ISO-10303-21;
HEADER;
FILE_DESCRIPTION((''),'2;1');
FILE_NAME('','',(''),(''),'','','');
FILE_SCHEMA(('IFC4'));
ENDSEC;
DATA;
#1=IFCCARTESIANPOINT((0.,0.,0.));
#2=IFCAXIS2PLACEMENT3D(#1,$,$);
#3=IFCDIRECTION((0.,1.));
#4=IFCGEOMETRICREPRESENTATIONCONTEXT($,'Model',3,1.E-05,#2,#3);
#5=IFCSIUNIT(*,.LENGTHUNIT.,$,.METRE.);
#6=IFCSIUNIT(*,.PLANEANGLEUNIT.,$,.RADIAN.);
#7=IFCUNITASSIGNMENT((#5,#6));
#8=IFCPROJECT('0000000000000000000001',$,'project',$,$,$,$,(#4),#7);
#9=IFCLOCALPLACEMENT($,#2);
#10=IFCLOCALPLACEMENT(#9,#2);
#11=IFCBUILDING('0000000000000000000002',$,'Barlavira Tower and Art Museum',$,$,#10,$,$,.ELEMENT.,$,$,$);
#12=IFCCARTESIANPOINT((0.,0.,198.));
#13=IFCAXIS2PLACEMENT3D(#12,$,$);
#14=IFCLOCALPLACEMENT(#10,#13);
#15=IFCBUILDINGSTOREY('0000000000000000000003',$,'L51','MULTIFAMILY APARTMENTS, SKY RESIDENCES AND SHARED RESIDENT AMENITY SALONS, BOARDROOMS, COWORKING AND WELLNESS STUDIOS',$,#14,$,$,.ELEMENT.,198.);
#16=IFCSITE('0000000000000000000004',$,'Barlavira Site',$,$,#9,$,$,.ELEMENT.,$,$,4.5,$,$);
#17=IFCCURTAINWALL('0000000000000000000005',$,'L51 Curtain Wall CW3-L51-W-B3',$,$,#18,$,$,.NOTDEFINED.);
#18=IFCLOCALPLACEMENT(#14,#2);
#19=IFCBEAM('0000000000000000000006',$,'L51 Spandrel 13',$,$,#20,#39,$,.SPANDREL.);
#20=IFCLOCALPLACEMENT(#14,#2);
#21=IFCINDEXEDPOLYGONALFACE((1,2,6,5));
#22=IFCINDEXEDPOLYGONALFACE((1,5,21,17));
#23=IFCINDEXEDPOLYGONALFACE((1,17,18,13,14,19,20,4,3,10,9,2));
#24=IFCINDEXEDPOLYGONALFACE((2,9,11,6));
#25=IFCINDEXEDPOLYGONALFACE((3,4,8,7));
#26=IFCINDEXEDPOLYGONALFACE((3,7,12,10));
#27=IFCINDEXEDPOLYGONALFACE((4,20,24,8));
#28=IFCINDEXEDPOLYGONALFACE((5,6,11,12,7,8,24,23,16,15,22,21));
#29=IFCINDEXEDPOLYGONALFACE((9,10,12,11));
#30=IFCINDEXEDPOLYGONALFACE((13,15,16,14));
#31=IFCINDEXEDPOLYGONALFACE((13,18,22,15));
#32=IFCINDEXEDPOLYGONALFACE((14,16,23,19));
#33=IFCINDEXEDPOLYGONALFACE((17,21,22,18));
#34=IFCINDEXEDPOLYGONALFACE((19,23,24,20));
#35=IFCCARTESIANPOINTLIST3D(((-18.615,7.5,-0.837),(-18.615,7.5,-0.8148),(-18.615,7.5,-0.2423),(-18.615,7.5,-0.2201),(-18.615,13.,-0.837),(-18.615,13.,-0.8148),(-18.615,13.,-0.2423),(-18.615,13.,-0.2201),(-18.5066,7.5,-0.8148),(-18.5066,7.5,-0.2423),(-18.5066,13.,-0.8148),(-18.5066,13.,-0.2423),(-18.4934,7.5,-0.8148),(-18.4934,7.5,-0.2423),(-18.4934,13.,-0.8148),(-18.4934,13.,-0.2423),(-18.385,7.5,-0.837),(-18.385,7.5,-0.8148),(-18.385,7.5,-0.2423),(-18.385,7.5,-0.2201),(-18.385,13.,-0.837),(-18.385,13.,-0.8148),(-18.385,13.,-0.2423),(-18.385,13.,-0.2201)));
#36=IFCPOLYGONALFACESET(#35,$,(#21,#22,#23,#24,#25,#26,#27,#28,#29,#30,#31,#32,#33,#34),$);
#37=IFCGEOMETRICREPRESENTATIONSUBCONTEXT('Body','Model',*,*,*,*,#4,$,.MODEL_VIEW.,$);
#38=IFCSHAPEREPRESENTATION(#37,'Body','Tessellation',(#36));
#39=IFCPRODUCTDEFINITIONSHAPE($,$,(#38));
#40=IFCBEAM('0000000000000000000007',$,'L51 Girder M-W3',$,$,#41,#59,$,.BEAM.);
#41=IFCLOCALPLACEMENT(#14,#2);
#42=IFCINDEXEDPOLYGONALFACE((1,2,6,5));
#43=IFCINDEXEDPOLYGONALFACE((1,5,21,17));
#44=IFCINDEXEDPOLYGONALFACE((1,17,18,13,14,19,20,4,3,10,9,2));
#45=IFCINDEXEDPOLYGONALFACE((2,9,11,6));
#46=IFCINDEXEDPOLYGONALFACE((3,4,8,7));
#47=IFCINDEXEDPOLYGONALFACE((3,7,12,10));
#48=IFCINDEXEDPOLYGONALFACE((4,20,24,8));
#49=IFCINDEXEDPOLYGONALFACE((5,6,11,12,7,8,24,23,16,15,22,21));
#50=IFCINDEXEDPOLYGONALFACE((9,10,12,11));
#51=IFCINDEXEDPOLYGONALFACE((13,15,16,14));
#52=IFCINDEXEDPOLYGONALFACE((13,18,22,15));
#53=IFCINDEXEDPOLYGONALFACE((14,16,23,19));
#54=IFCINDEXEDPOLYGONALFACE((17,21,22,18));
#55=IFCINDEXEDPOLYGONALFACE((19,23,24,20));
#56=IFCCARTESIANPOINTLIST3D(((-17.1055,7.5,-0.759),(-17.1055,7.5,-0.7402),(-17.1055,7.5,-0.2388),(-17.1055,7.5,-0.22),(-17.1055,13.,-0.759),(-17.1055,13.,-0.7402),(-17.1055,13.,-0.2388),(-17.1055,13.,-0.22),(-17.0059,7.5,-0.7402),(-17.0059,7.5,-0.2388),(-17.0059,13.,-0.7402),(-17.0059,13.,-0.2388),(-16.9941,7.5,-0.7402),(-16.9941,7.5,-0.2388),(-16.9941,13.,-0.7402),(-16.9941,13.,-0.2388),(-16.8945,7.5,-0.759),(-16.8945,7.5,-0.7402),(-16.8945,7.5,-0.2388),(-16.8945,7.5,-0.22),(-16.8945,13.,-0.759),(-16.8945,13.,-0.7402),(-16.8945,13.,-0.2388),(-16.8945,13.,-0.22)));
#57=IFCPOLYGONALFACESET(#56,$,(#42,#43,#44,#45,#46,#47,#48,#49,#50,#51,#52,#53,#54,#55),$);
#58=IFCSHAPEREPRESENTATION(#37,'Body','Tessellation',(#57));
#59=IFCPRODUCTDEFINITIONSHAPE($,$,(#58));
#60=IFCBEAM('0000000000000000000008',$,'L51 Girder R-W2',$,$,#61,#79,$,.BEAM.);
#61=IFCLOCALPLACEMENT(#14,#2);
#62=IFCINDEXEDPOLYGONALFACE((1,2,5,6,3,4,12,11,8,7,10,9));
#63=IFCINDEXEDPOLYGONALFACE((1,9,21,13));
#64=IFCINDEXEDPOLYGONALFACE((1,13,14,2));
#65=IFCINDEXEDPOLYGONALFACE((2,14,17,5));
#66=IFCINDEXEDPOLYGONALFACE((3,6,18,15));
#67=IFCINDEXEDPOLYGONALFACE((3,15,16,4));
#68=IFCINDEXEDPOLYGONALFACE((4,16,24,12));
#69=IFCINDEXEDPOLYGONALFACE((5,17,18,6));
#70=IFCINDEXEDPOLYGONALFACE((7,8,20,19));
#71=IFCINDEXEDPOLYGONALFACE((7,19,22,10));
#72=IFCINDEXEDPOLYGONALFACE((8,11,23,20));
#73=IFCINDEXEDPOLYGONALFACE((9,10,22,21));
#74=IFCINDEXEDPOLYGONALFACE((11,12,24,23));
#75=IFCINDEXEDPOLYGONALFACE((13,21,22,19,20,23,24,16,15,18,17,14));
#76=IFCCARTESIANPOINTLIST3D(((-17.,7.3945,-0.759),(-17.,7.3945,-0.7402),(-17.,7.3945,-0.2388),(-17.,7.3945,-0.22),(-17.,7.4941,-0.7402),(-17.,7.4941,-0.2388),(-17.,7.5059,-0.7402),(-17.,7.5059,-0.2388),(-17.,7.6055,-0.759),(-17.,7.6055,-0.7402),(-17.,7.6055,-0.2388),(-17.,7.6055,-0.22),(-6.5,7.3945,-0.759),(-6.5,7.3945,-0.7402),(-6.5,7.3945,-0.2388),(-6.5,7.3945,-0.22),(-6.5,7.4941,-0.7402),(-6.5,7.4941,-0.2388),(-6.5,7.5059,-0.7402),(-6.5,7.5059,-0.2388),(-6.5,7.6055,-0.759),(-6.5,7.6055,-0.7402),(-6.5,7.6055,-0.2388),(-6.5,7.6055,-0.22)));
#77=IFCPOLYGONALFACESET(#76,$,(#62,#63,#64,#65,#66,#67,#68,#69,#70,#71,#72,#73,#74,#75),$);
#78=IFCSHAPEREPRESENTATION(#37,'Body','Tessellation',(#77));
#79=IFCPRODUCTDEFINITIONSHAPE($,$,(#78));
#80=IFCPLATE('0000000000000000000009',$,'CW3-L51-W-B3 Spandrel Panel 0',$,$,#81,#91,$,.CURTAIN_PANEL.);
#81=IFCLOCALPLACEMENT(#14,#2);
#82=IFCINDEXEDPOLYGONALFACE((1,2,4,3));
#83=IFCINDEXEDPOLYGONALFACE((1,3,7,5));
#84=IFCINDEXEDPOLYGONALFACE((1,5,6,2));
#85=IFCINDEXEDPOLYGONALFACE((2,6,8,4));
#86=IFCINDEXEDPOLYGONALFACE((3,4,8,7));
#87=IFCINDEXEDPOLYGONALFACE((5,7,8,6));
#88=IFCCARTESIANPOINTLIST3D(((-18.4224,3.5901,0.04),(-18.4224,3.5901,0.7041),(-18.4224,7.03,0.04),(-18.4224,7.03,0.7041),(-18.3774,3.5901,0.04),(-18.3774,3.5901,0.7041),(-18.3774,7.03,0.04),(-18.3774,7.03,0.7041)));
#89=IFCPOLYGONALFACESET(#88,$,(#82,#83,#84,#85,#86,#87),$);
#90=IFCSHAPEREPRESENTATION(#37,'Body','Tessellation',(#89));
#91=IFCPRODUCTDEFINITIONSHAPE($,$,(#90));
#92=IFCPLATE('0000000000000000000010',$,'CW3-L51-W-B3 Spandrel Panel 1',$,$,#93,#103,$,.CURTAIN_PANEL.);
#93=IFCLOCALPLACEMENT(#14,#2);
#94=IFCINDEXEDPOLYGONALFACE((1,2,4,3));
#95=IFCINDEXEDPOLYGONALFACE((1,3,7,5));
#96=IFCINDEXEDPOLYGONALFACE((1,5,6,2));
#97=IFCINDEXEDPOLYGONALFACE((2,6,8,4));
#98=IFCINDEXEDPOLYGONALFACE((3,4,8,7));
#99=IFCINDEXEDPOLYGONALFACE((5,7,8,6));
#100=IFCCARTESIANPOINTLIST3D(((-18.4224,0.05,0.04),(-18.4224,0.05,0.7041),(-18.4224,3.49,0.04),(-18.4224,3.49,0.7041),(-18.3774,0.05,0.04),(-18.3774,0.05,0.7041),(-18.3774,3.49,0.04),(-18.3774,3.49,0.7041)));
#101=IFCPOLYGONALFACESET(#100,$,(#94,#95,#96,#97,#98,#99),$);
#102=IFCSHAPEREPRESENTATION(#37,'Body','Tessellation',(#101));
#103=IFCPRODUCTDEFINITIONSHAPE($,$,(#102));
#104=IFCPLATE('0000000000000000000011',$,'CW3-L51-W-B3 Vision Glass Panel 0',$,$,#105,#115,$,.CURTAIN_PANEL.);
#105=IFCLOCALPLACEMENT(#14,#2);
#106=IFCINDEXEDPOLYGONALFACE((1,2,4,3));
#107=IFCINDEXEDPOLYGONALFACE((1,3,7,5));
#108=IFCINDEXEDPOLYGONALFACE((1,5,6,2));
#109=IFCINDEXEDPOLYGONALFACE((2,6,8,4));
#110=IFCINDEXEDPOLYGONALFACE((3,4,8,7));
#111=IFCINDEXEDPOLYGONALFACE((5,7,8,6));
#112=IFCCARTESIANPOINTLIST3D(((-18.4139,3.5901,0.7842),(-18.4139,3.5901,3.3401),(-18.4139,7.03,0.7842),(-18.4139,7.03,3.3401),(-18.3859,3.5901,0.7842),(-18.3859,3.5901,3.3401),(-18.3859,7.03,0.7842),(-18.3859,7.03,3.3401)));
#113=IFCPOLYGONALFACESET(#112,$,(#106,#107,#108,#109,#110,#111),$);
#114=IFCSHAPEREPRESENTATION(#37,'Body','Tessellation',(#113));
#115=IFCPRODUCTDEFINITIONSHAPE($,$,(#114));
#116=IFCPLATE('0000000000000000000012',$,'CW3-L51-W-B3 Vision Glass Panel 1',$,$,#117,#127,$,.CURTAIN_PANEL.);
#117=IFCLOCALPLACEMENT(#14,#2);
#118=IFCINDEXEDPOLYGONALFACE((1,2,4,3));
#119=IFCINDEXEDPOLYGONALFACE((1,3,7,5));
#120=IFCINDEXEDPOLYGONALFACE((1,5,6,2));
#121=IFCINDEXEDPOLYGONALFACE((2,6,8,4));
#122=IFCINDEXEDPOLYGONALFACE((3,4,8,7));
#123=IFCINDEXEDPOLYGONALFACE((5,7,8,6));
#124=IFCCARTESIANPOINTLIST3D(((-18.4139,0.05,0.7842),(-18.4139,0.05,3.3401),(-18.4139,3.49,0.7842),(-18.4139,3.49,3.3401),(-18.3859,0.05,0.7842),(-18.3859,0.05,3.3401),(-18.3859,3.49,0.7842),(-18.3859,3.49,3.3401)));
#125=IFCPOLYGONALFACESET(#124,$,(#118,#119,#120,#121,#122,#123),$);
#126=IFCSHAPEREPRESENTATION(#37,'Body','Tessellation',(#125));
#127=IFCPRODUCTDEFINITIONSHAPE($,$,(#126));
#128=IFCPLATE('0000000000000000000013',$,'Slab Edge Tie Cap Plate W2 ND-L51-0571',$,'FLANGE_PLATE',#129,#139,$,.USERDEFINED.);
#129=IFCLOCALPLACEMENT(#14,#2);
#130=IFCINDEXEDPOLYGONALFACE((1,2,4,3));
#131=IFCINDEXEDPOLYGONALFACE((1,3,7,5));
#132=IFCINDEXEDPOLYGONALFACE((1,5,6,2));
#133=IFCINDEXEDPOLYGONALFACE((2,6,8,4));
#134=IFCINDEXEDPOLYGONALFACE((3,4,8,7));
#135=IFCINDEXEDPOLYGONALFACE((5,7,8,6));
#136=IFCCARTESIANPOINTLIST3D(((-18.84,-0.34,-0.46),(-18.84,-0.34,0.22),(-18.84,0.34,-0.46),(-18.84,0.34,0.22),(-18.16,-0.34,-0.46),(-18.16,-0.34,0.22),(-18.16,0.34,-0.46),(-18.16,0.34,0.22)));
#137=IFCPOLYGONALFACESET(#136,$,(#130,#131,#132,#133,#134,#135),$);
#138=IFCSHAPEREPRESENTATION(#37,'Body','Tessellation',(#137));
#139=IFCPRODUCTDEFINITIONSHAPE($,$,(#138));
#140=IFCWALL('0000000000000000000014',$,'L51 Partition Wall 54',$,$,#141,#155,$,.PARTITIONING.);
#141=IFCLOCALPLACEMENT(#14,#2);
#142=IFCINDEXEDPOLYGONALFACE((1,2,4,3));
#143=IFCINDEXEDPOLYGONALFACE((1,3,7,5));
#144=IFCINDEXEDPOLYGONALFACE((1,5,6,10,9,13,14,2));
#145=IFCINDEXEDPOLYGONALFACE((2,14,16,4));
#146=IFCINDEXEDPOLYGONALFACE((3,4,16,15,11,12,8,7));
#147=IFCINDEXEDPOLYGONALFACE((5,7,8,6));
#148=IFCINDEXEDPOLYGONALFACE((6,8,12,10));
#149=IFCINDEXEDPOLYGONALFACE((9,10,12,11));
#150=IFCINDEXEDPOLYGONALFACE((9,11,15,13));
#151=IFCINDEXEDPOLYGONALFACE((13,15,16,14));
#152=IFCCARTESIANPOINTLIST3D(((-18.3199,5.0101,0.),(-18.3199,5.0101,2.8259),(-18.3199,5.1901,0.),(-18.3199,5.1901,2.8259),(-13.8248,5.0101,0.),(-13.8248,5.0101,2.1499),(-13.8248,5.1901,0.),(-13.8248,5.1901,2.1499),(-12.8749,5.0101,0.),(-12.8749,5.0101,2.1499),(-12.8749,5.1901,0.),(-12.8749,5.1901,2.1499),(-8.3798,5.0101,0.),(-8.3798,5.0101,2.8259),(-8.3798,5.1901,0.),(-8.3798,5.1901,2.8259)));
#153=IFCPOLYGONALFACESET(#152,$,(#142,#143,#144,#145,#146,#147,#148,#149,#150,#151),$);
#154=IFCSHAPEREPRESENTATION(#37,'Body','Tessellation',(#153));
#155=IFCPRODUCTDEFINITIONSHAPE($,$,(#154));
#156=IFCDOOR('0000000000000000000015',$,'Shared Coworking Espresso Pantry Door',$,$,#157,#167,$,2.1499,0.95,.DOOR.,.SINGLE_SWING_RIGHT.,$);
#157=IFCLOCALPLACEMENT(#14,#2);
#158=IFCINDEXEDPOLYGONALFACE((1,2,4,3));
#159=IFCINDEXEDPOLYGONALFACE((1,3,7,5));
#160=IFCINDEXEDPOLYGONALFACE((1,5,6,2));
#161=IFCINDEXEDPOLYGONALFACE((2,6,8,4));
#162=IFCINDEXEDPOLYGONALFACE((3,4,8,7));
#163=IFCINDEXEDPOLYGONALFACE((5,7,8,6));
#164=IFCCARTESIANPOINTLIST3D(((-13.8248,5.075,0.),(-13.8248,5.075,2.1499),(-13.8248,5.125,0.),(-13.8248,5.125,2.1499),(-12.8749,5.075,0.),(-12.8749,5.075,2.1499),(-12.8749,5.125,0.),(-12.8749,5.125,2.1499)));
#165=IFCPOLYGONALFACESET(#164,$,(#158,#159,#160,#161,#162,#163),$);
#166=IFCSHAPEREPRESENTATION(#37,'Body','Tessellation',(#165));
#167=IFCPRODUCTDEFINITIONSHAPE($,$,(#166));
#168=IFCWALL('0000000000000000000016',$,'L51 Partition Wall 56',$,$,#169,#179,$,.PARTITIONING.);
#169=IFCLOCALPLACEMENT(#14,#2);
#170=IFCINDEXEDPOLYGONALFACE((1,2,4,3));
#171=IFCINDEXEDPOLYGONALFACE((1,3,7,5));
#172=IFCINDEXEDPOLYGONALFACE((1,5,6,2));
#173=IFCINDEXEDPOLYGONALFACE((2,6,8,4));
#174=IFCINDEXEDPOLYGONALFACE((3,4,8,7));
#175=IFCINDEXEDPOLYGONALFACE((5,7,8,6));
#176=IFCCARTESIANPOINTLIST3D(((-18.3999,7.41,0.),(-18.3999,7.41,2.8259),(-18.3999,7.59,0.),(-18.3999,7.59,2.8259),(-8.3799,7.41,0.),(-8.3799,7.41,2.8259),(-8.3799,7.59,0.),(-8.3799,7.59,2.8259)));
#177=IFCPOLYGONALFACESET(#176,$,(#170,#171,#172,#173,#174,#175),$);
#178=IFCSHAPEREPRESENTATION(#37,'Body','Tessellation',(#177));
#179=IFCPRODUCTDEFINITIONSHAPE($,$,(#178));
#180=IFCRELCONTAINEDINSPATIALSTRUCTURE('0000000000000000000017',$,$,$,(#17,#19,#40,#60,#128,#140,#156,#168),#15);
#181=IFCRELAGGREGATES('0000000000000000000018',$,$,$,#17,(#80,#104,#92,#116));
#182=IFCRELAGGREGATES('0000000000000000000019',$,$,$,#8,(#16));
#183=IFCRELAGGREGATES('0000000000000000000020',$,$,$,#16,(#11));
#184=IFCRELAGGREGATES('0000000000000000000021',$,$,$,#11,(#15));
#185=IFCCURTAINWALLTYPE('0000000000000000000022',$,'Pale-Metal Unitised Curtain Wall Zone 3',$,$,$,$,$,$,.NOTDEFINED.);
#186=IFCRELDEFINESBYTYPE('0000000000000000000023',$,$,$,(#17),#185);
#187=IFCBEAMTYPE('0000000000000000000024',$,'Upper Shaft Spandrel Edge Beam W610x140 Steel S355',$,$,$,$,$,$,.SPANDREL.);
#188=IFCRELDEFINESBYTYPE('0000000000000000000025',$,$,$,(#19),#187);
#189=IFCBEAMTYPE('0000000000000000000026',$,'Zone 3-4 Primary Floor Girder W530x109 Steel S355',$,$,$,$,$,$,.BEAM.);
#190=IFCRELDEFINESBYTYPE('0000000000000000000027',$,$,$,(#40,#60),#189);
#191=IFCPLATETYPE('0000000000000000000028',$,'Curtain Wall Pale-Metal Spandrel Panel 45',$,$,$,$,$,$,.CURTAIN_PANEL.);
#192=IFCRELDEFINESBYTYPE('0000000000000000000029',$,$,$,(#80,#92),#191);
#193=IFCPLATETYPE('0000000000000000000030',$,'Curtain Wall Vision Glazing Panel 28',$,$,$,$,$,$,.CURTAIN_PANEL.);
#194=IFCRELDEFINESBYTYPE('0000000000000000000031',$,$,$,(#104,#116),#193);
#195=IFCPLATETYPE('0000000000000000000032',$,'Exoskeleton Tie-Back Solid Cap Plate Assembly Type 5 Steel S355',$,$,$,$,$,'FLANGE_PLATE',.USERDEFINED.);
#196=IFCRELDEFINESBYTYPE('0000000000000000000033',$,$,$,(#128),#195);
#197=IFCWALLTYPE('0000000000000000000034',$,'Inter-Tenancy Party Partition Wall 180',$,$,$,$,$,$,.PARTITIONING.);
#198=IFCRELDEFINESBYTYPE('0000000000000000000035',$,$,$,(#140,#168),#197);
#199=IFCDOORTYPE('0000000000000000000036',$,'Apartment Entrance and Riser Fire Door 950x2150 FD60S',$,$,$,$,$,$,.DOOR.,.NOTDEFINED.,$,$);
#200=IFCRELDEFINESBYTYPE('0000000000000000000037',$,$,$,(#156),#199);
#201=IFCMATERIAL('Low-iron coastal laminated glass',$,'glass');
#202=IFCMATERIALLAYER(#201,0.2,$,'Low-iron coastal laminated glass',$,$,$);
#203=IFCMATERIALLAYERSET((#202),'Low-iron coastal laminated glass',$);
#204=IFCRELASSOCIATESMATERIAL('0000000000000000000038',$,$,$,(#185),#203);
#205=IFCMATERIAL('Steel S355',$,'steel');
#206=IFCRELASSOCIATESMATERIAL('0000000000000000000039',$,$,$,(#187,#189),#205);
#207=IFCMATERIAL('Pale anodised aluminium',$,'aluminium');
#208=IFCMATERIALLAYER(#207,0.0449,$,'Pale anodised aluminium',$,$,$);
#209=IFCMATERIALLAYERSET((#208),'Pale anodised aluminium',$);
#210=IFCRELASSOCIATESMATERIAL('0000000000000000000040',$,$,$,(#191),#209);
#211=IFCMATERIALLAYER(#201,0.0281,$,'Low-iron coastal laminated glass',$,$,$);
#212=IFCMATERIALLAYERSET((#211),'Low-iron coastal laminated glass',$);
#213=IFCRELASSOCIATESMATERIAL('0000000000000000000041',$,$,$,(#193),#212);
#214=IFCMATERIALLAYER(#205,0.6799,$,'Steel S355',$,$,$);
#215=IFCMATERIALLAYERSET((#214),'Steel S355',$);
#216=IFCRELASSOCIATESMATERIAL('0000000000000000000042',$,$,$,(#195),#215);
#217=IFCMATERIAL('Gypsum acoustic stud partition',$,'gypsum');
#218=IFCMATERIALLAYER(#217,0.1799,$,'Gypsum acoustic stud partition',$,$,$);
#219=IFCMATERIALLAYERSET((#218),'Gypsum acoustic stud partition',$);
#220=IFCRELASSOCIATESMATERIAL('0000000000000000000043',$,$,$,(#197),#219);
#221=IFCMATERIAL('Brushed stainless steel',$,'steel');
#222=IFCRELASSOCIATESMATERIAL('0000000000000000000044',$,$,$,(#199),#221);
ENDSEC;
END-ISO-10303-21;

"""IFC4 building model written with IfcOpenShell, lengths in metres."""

from ifc_helpers import new_model, si_unit, direction, frame, frame_2d, origin, origin_2d, place, context, subcontext, project, spatial, rectangle, i_section, extrude, material, layer, layer_set, material_profile, profile_set, type_object, element, fill, aggregate, save


model = new_model("IFC4")

# Units and contexts
model_context = context("Model", 3, precision=1e-05, world=origin(), true_north=direction((0.0, 1.0)))
body_context = subcontext(model_context, "Body", "Model", "MODEL_VIEW")
ifc_project = project(units=[si_unit("LENGTHUNIT", "METRE"), si_unit("PLANEANGLEUNIT", "RADIAN")], contexts=[model_context])

# Site, building, storey
site_placement = place(None, origin())
site = spatial("IfcSite", under=ifc_project, at=site_placement, Name="Barlavira Site", CompositionType="ELEMENT", RefElevation=4.5)
building_placement = place(site_placement, origin())
building = spatial("IfcBuilding", under=site, at=building_placement, Name="Barlavira Tower and Art Museum", CompositionType="ELEMENT")
storey_placement = place(building_placement, frame((0.0, 0.0, 198.0)))
storey = spatial("IfcBuildingStorey", under=building, at=storey_placement, Name="L51", Description="MULTIFAMILY APARTMENTS, SKY RESIDENCES AND SHARED RESIDENT AMENITY SALONS, BOARDROOMS, COWORKING AND WELLNESS STUDIOS", CompositionType="ELEMENT", Elevation=198.0)

# Curtain wall
ifc_material_1 = material(Name="Low-iron coastal laminated glass", Category="glass")
ifc_layer_1 = layer(ifc_material_1, 0.2, Name="Low-iron coastal laminated glass")
ifc_layer_set_1 = layer_set([ifc_layer_1], Name="Low-iron coastal laminated glass")
curtain_wall_type = type_object("IfcCurtainWallType", Name="Pale-Metal Unitised Curtain Wall Zone 3", PredefinedType="NOTDEFINED", material=ifc_layer_set_1)
curtain_wall_placement = place(storey_placement, origin())
curtain_wall = element("IfcCurtainWall", 1, at=curtain_wall_placement, inside=storey, type_object=curtain_wall_type, Name="L51 Curtain Wall CW3-L51-W-B3", PredefinedType="NOTDEFINED")
ifc_material_2 = material(Name="Pale anodised aluminium", Category="aluminium")

# Shared definitions
ifc_material_3 = material(Name="Steel S355", Category="steel")

# Beams
ifc_material_profile_1 = material_profile(ifc_material_3, i_section(OverallWidth=0.23, OverallDepth=0.6169, WebThickness=0.0132, FlangeThickness=0.0222, at=origin_2d()), Name="W610x140.0")
ifc_profile_set_1 = profile_set([ifc_material_profile_1], Name="Steel S355")
beam_type_1 = type_object("IfcBeamType", Name="Upper Shaft Spandrel Edge Beam W610x140 Steel S355", PredefinedType="SPANDREL", material=ifc_profile_set_1)
beam_1_placement = place(storey_placement, frame((-18.5, 7.5, -0.5286), z_axis=(0.0, 1.0, 0.0), x_axis=(-1.0, 0.0, 0.0)))
element("IfcBeam", 2, at=beam_1_placement, inside=storey, type_object=beam_type_1, Name="L51 Spandrel 13", PredefinedType="SPANDREL", context=body_context, shape_type="SweptSolid", body=[
    extrude(i_section(OverallWidth=0.23, OverallDepth=0.6169, WebThickness=0.0132, FlangeThickness=0.0222, at=origin_2d()), origin(), (0.0, 0.0, 1.0), 5.5),
])
ifc_material_profile_2 = material_profile(ifc_material_3, i_section(OverallWidth=0.2109, OverallDepth=0.5391, WebThickness=0.0117, FlangeThickness=0.0188, at=origin_2d()), Name="W530x109.0")
ifc_profile_set_2 = profile_set([ifc_material_profile_2], Name="Steel S355")
beam_type_2 = type_object("IfcBeamType", Name="Zone 3-4 Primary Floor Girder W530x109 Steel S355", PredefinedType="BEAM", material=ifc_profile_set_2)
beam_2_placement = place(storey_placement, frame((-17.0, 7.5, -0.4895), z_axis=(0.0, 1.0, 0.0), x_axis=(-1.0, 0.0, 0.0)))
element("IfcBeam", 3, at=beam_2_placement, inside=storey, type_object=beam_type_2, Name="L51 Girder M-W3", PredefinedType="BEAM", context=body_context, shape_type="SweptSolid", body=[
    extrude(i_section(OverallWidth=0.2109, OverallDepth=0.5391, WebThickness=0.0117, FlangeThickness=0.0188, at=origin_2d()), origin(), (0.0, 0.0, 1.0), 5.5),
])
beam_3_placement = place(storey_placement, frame((-17.0, 7.5, -0.4895), z_axis=(1.0, 0.0, 0.0), x_axis=(0.0, 1.0, 0.0)))
element("IfcBeam", 4, at=beam_3_placement, inside=storey, type_object=beam_type_2, Name="L51 Girder R-W2", PredefinedType="BEAM", context=body_context, shape_type="SweptSolid", body=[
    extrude(i_section(OverallWidth=0.2109, OverallDepth=0.5391, WebThickness=0.0117, FlangeThickness=0.0188, at=origin_2d()), origin(), (0.0, 0.0, 1.0), 10.5),
])

# Plates
ifc_layer_2 = layer(ifc_material_2, 0.0449, Name="Pale anodised aluminium")
ifc_layer_set_2 = layer_set([ifc_layer_2], Name="Pale anodised aluminium")
plate_type_1 = type_object("IfcPlateType", Name="Curtain Wall Pale-Metal Spandrel Panel 45", PredefinedType="CURTAIN_PANEL", material=ifc_layer_set_2)
plate_1_placement = place(storey_placement, frame((-18.3999, 5.3101, 0.04), z_axis=(0.0, 0.0, 1.0), x_axis=(0.0, -1.0, 0.0)))
plate_1 = element("IfcPlate", 5, at=plate_1_placement, type_object=plate_type_1, Name="CW3-L51-W-B3 Spandrel Panel 0", PredefinedType="CURTAIN_PANEL", context=body_context, shape_type="SweptSolid", body=[
    extrude(rectangle(XDim=3.4399, YDim=0.0449, at=origin_2d()), origin(), (0.0, 0.0, 1.0), 0.6641),
])
plate_2_placement = place(storey_placement, frame((-18.3999, 1.77, 0.04), z_axis=(0.0, 0.0, 1.0), x_axis=(0.0, -1.0, 0.0)))
plate_2 = element("IfcPlate", 6, at=plate_2_placement, type_object=plate_type_1, Name="CW3-L51-W-B3 Spandrel Panel 1", PredefinedType="CURTAIN_PANEL", context=body_context, shape_type="SweptSolid", body=[
    extrude(rectangle(XDim=3.4399, YDim=0.0449, at=origin_2d()), origin(), (0.0, 0.0, 1.0), 0.6641),
])
ifc_layer_3 = layer(ifc_material_1, 0.0281, Name="Low-iron coastal laminated glass")
ifc_layer_set_3 = layer_set([ifc_layer_3], Name="Low-iron coastal laminated glass")
plate_type_2 = type_object("IfcPlateType", Name="Curtain Wall Vision Glazing Panel 28", PredefinedType="CURTAIN_PANEL", material=ifc_layer_set_3)
plate_3_placement = place(storey_placement, frame((-18.3999, 5.3101, 0.7842), z_axis=(0.0, 0.0, 1.0), x_axis=(0.0, -1.0, 0.0)))
plate_3 = element("IfcPlate", 7, at=plate_3_placement, type_object=plate_type_2, Name="CW3-L51-W-B3 Vision Glass Panel 0", PredefinedType="CURTAIN_PANEL", context=body_context, shape_type="SweptSolid", body=[
    extrude(rectangle(XDim=3.4399, YDim=0.0281, at=origin_2d()), origin(), (0.0, 0.0, 1.0), 2.5559),
])
plate_4_placement = place(storey_placement, frame((-18.3999, 1.77, 0.7842), z_axis=(0.0, 0.0, 1.0), x_axis=(0.0, -1.0, 0.0)))
plate_4 = element("IfcPlate", 8, at=plate_4_placement, type_object=plate_type_2, Name="CW3-L51-W-B3 Vision Glass Panel 1", PredefinedType="CURTAIN_PANEL", context=body_context, shape_type="SweptSolid", body=[
    extrude(rectangle(XDim=3.4399, YDim=0.0281, at=origin_2d()), origin(), (0.0, 0.0, 1.0), 2.5559),
])
aggregate(curtain_wall, [plate_1, plate_3, plate_2, plate_4])
ifc_layer_4 = layer(ifc_material_3, 0.6799, Name="Steel S355")
ifc_layer_set_4 = layer_set([ifc_layer_4], Name="Steel S355")
plate_type_3 = type_object("IfcPlateType", Name="Exoskeleton Tie-Back Solid Cap Plate Assembly Type 5 Steel S355", ElementType="FLANGE_PLATE", PredefinedType="USERDEFINED", material=ifc_layer_set_4)
plate_5_placement = place(storey_placement, frame((-18.5, 0.0, -0.46), z_axis=(0.0, 0.0, 1.0), x_axis=(1.0, 0.0, 0.0)))
element("IfcPlate", 9, at=plate_5_placement, inside=storey, type_object=plate_type_3, Name="Slab Edge Tie Cap Plate W2 ND-L51-0571", ObjectType="FLANGE_PLATE", PredefinedType="USERDEFINED", context=body_context, shape_type="SweptSolid", body=[
    extrude(rectangle(XDim=0.6799, YDim=0.6799, at=origin_2d()), origin(), (0.0, 0.0, 1.0), 0.6799),
])

# Wall, opening, door
ifc_material_4 = material(Name="Gypsum acoustic stud partition", Category="gypsum")
ifc_layer_5 = layer(ifc_material_4, 0.1799, Name="Gypsum acoustic stud partition")
ifc_layer_set_5 = layer_set([ifc_layer_5], Name="Gypsum acoustic stud partition")
wall_type = type_object("IfcWallType", Name="Inter-Tenancy Party Partition Wall 180", PredefinedType="PARTITIONING", material=ifc_layer_set_5)
wall_1_placement = place(storey_placement, frame((-18.3201, 5.1001, 0.0), z_axis=(0.0, 0.0, 1.0), x_axis=(1.0, 0.0, 0.0)))
wall_1 = element("IfcWall", 10, at=wall_1_placement, inside=storey, type_object=wall_type, Name="L51 Partition Wall 54", PredefinedType="PARTITIONING", context=body_context, shape_type="SweptSolid", body=[
    extrude(rectangle(XDim=9.9402, YDim=0.1799, at=frame_2d((4.9702, 0.0))), origin(), (0.0, 0.0, 1.0), 2.8259),
])
opening_placement = place(wall_1_placement, frame((4.4951, 0.0, 0.0)))
opening = element("IfcOpeningElement", 11, at=opening_placement, cuts=wall_1, PredefinedType="OPENING", context=body_context, shape_type="SweptSolid", body=[
    extrude(rectangle(XDim=0.95, YDim=2.1499, at=frame_2d((0.4751, 1.075))), frame((0.0, 0.1001, 0.0), z_axis=(0.0, -1.0, 0.0), x_axis=(1.0, 0.0, 0.0)), (0.0, 0.0, 1.0), 0.2),
])
ifc_material_5 = material(Name="Brushed stainless steel", Category="steel")
door_type = type_object("IfcDoorType", Name="Apartment Entrance and Riser Fire Door 950x2150 FD60S", OperationType="NOTDEFINED", PredefinedType="DOOR", material=ifc_material_5)
door_placement = place(opening_placement, origin())
door = element("IfcDoor", 12, at=door_placement, inside=storey, type_object=door_type, Name="Shared Coworking Espresso Pantry Door", OperationType="SINGLE_SWING_RIGHT", OverallHeight=2.1499, OverallWidth=0.95, PredefinedType="DOOR", context=body_context, shape_type="SweptSolid", body=[
    extrude(rectangle(XDim=0.95, YDim=2.1499, at=frame_2d((0.4751, 1.075))), frame((0.0, 0.0249, 0.0), z_axis=(0.0, -1.0, 0.0), x_axis=(1.0, 0.0, 0.0)), (0.0, 0.0, 1.0), 0.05),
])
fill(opening, door)

# Wall
wall_2_placement = place(storey_placement, frame((-18.3999, 7.5, 0.0), z_axis=(0.0, 0.0, 1.0), x_axis=(1.0, 0.0, 0.0)))
element("IfcWall", 13, at=wall_2_placement, inside=storey, type_object=wall_type, Name="L51 Partition Wall 56", PredefinedType="PARTITIONING", context=body_context, shape_type="SweptSolid", body=[
    extrude(rectangle(XDim=10.02, YDim=0.1799, at=frame_2d((5.01, 0.0))), origin(), (0.0, 0.0, 1.0), 2.8259),
])

save(model, "model.ifc")
